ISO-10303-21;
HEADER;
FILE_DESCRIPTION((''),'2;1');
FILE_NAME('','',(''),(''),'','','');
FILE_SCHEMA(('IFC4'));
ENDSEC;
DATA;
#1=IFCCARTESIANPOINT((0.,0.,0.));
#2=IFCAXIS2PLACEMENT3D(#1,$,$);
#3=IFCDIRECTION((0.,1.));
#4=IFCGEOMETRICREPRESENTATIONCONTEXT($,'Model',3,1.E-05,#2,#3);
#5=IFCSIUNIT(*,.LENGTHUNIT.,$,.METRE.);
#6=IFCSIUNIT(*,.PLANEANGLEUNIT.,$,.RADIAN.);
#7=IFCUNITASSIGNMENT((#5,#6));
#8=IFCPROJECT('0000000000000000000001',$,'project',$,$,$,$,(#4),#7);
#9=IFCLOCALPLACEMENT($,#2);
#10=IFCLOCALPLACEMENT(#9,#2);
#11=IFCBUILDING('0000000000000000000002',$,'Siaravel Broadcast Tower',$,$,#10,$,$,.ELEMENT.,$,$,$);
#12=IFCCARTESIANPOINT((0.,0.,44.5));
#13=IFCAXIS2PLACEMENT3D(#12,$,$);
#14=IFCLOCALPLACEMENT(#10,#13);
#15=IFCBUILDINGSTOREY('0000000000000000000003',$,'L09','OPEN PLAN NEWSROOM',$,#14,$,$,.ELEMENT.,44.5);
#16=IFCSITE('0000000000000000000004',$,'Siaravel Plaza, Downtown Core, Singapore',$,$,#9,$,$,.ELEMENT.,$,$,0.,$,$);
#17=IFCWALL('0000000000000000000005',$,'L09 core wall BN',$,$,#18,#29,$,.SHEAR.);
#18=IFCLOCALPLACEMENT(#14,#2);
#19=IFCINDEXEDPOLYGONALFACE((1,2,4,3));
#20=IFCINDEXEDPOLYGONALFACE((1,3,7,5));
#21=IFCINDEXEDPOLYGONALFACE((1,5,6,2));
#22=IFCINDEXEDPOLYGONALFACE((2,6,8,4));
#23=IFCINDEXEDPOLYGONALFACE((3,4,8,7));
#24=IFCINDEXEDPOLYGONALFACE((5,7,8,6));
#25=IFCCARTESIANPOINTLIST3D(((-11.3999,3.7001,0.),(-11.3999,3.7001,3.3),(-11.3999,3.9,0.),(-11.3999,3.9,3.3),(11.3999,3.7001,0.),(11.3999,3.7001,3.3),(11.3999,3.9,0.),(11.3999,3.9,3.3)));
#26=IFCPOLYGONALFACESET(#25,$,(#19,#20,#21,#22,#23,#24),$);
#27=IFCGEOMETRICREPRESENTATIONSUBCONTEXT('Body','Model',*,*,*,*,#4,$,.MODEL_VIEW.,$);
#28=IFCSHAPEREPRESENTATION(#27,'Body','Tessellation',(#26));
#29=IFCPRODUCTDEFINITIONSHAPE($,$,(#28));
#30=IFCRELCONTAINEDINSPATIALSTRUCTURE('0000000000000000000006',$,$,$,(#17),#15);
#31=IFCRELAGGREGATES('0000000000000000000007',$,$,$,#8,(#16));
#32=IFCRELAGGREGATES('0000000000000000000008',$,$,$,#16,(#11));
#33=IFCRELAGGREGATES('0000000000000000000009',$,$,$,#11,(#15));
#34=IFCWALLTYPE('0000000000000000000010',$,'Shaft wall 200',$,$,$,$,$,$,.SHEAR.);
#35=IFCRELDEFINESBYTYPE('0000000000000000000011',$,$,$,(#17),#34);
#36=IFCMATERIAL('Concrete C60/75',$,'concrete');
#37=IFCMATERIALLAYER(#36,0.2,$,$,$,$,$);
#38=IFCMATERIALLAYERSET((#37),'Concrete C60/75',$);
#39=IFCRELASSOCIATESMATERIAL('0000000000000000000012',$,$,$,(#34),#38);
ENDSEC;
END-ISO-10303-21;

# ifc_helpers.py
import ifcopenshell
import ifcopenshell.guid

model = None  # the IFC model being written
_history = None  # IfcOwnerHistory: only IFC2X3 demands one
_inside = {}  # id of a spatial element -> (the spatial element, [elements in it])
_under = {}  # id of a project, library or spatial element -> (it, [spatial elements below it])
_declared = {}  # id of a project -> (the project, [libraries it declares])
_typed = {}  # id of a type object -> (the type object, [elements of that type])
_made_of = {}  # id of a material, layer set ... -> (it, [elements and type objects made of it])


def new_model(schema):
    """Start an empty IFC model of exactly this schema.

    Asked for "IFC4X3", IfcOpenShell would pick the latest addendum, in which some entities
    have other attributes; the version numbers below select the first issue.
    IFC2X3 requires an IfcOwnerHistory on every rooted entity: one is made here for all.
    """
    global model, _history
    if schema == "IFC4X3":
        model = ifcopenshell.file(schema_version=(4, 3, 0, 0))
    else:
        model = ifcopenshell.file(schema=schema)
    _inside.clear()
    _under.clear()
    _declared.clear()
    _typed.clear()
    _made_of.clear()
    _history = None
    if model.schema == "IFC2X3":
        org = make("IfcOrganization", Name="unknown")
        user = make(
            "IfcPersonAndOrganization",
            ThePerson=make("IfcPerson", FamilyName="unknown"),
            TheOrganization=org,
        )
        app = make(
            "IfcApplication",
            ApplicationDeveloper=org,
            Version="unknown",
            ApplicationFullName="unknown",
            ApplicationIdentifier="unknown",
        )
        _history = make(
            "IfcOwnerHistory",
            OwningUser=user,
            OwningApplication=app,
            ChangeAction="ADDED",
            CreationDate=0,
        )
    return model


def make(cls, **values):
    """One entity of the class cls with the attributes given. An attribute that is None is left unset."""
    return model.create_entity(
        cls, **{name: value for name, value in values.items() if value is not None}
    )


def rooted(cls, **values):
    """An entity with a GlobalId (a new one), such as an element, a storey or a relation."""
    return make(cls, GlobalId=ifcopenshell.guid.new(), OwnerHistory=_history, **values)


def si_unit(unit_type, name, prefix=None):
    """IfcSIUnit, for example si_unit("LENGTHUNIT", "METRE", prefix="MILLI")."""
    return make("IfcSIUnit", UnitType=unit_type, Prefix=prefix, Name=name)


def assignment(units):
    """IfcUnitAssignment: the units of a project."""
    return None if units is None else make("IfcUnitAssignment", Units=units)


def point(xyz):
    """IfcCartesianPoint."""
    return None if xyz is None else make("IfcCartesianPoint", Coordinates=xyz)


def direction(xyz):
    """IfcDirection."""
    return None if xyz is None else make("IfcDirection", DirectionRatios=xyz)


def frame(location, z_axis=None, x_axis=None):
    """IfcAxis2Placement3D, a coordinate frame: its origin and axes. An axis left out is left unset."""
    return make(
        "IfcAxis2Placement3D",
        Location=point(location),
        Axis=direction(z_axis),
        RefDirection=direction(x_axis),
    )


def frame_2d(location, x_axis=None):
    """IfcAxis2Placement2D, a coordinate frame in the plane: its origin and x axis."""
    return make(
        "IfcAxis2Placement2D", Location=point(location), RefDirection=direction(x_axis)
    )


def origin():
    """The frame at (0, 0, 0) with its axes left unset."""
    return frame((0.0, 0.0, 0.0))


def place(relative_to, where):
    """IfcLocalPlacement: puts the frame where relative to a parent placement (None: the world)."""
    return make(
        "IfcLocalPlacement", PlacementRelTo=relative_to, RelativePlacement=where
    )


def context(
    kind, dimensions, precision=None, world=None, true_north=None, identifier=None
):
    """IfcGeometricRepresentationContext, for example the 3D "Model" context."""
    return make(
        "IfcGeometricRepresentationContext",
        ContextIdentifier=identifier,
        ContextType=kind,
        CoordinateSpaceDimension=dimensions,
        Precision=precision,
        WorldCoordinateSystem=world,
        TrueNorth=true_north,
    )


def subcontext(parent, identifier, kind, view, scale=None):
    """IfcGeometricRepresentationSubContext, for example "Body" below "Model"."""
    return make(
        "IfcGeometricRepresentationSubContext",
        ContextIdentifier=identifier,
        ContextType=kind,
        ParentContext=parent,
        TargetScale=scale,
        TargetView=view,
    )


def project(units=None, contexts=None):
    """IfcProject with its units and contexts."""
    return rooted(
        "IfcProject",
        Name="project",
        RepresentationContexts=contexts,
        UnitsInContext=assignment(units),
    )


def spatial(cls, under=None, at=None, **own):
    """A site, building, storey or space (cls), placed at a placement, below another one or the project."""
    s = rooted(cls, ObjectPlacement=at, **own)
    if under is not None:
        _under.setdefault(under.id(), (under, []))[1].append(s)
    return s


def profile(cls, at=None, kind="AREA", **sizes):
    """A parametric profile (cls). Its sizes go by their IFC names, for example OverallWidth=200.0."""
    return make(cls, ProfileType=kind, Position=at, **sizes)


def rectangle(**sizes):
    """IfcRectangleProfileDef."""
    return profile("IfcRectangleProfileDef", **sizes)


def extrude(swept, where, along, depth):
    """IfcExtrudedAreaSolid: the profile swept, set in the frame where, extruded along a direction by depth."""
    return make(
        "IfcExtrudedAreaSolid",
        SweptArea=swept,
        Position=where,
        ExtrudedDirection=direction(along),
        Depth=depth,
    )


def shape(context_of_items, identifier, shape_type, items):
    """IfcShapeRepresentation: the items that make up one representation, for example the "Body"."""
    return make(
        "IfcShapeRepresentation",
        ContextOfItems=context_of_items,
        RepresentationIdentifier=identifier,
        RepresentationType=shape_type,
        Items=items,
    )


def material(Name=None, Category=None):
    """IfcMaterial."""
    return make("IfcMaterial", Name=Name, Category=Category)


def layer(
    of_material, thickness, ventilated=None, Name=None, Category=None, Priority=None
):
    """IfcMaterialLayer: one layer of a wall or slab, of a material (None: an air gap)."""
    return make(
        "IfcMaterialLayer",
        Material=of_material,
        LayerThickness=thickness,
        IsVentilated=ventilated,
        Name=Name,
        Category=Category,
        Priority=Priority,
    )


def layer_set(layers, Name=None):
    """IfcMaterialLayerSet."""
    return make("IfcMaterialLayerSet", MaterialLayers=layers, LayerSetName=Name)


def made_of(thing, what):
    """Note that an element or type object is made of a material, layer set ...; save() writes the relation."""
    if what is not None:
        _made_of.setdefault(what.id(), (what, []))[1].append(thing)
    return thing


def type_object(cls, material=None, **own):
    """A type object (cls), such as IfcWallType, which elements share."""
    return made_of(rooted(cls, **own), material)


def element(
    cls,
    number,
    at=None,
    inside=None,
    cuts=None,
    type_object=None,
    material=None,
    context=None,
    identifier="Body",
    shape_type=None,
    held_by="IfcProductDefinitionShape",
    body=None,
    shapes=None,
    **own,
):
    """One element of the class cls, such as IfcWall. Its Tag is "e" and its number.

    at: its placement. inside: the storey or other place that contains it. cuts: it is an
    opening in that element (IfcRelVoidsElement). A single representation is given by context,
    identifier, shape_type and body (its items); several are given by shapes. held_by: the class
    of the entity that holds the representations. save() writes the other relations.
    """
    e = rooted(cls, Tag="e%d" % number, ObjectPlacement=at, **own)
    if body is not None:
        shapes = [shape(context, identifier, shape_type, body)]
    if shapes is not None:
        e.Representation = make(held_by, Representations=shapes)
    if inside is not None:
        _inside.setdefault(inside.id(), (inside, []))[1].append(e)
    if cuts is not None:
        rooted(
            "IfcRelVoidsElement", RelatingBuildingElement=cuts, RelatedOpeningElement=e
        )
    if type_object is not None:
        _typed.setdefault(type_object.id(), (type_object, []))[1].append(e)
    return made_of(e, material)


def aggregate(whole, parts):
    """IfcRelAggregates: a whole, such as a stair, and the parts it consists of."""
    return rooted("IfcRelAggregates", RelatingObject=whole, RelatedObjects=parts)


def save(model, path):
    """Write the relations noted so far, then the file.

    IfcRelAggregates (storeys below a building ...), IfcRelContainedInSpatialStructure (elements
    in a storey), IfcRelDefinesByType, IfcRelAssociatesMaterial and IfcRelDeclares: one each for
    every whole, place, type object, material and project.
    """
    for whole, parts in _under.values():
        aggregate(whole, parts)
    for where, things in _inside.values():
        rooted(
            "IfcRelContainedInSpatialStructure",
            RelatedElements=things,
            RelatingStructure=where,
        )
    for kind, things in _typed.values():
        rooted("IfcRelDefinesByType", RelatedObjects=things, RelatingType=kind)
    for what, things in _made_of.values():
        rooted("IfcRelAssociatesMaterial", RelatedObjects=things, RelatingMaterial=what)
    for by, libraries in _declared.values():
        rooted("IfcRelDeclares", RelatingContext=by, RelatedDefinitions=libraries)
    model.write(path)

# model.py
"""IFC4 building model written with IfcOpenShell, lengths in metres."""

from ifc_helpers import new_model, si_unit, direction, frame, frame_2d, origin, place, context, subcontext, project, spatial, rectangle, extrude, material, layer, layer_set, type_object, element, save


model = new_model("IFC4")

# Units and contexts
model_context = context("Model", 3, precision=1e-05, world=origin(), true_north=direction((0.0, 1.0)))
body_context = subcontext(model_context, "Body", "Model", "MODEL_VIEW")
ifc_project = project(units=[si_unit("LENGTHUNIT", "METRE"), si_unit("PLANEANGLEUNIT", "RADIAN")], contexts=[model_context])

# Site, building, storey
site_placement = place(None, origin())
site = spatial("IfcSite", under=ifc_project, at=site_placement, Name="Siaravel Plaza, Downtown Core, Singapore", CompositionType="ELEMENT", RefElevation=0.0)
building_placement = place(site_placement, origin())
building = spatial("IfcBuilding", under=site, at=building_placement, Name="Siaravel Broadcast Tower", CompositionType="ELEMENT")
storey_placement = place(building_placement, frame((0.0, 0.0, 44.5)))
storey = spatial("IfcBuildingStorey", under=building, at=storey_placement, Name="L09", Description="OPEN PLAN NEWSROOM", CompositionType="ELEMENT", Elevation=44.5)

# Shared definitions
ifc_material_1 = material(Name="Concrete C60/75", Category="concrete")

# Wall
ifc_layer_1 = layer(ifc_material_1, 0.2)
ifc_layer_set_1 = layer_set([ifc_layer_1], Name="Concrete C60/75")
wall_type_1 = type_object("IfcWallType", Name="Shaft wall 200", PredefinedType="SHEAR", material=ifc_layer_set_1)
wall_1_placement = place(storey_placement, frame((-11.3999, 3.8, 0.0), z_axis=(0.0, 0.0, 1.0), x_axis=(1.0, 0.0, 0.0)))
element("IfcWall", 1, at=wall_1_placement, inside=storey, type_object=wall_type_1, Name="L09 core wall BN", PredefinedType="SHEAR", context=body_context, shape_type="SweptSolid", body=[
    extrude(rectangle(XDim=22.7998, YDim=0.2, at=frame_2d((11.3999, 0.0))), origin(), (0.0, 0.0, 1.0), 3.3),
])

save(model, "model.ifc")
